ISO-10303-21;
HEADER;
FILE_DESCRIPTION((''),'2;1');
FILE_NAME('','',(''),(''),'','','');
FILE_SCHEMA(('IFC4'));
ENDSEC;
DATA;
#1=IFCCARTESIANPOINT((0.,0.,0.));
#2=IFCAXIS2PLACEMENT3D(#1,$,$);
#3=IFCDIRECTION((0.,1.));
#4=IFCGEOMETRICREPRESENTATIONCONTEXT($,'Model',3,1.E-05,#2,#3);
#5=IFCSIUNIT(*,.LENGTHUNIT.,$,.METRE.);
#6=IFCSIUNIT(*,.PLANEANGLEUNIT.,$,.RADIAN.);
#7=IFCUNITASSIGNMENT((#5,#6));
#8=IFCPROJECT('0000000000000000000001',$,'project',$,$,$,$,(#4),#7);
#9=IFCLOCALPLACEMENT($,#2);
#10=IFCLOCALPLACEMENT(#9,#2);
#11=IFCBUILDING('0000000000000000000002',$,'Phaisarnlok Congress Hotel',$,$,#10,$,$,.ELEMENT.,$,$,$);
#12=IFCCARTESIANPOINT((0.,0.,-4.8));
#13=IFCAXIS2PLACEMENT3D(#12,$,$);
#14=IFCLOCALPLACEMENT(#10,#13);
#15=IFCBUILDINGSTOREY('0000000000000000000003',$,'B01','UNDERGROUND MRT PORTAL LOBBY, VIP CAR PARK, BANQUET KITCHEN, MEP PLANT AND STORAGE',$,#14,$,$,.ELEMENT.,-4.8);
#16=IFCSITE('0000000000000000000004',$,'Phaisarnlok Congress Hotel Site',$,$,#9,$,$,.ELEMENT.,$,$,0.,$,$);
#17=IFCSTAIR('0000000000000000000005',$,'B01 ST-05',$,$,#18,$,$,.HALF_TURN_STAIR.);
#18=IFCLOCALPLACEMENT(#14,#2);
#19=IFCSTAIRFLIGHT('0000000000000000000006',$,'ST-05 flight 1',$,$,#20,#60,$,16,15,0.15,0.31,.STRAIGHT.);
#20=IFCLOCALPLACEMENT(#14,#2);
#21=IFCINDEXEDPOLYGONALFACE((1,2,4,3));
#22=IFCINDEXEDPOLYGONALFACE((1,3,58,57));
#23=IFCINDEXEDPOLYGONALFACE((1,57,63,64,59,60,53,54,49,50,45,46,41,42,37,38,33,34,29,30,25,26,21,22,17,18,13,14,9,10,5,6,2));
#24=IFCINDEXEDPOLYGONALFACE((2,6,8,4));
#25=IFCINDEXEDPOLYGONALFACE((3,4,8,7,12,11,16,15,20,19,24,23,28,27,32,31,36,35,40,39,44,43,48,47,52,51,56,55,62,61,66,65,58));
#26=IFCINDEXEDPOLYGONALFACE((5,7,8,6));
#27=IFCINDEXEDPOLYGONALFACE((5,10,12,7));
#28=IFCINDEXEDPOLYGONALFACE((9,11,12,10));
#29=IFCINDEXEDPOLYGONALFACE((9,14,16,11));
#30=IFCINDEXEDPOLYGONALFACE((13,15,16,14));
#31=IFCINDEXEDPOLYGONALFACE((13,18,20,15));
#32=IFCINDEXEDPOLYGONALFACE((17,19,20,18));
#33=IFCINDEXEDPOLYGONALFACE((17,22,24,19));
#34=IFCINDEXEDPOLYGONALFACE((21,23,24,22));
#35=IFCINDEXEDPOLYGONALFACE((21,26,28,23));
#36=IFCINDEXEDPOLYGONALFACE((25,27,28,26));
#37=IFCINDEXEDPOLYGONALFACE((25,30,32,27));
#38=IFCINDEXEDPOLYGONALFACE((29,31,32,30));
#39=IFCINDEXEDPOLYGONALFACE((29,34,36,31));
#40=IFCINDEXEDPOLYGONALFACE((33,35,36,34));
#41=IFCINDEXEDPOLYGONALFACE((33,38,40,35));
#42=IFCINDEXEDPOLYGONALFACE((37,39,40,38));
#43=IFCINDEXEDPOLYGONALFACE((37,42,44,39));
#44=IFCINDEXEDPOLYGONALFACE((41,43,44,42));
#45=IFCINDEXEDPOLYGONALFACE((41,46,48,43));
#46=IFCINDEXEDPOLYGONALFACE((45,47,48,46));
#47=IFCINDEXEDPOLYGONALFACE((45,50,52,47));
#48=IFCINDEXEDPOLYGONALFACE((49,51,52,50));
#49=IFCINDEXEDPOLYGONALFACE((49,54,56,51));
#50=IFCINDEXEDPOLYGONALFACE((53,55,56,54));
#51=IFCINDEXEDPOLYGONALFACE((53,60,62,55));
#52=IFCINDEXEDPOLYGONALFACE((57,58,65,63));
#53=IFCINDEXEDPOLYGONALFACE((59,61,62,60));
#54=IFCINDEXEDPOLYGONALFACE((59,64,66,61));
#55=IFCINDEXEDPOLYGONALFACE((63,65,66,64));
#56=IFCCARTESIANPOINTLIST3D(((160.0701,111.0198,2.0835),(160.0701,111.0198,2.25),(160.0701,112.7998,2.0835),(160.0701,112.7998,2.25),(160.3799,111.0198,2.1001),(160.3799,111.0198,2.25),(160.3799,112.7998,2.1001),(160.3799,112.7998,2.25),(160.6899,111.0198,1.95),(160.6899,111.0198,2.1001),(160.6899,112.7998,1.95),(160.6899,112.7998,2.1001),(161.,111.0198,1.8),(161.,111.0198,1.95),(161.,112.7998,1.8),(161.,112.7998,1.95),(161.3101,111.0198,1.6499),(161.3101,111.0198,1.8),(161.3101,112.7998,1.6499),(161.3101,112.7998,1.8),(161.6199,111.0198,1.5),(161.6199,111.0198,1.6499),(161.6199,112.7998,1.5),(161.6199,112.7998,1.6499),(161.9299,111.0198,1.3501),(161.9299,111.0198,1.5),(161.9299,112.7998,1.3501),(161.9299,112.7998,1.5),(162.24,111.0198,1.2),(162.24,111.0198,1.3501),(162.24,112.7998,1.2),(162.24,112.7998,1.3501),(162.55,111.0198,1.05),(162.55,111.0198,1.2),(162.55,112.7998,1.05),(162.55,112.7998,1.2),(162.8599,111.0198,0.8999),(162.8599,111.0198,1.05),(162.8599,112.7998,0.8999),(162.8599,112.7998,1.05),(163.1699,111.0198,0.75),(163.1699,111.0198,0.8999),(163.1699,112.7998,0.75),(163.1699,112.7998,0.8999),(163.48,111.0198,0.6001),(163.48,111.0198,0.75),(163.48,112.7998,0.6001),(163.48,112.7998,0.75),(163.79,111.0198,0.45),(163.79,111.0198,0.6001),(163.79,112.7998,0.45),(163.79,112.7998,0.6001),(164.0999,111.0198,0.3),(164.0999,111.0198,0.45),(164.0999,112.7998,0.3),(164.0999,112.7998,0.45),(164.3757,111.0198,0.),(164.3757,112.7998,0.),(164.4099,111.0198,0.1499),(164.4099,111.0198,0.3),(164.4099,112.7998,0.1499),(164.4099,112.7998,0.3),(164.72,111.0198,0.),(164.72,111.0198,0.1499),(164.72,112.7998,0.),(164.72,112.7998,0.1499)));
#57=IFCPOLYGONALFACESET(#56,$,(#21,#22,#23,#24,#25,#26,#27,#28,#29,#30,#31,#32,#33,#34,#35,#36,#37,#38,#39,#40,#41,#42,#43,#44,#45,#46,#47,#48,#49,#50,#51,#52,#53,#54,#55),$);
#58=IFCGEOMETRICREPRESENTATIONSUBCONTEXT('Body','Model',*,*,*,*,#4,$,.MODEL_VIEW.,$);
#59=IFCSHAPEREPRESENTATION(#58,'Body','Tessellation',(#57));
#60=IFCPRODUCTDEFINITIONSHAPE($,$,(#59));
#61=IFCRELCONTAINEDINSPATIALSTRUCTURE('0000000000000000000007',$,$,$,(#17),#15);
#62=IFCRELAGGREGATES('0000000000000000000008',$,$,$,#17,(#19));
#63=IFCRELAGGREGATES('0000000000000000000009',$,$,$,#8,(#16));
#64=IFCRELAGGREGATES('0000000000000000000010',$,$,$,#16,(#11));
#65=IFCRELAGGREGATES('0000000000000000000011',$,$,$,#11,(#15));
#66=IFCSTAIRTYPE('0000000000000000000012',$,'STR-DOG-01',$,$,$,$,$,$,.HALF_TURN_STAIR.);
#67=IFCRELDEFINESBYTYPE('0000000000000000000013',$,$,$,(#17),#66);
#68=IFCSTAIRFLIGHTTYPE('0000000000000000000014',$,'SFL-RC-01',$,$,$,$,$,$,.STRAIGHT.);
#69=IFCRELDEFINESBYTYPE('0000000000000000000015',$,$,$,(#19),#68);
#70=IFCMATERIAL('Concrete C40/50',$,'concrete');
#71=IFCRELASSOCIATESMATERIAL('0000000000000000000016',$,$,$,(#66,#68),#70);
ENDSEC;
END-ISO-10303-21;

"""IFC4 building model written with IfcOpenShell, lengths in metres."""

from ifc_helpers import new_model, si_unit, direction, frame, origin, place, context, subcontext, project, spatial, polyline, outline, extrude, material, type_object, element, aggregate, save


model = new_model("IFC4")

# Units and contexts
model_context = context("Model", 3, precision=1e-05, world=origin(), true_north=direction((0.0, 1.0)))
body_context = subcontext(model_context, "Body", "Model", "MODEL_VIEW")
ifc_project = project(units=[si_unit("LENGTHUNIT", "METRE"), si_unit("PLANEANGLEUNIT", "RADIAN")], contexts=[model_context])

# Site, building, storey
site_placement = place(None, origin())
site = spatial("IfcSite", under=ifc_project, at=site_placement, Name="Phaisarnlok Congress Hotel Site", CompositionType="ELEMENT", RefElevation=0.0)
building_placement = place(site_placement, origin())
building = spatial("IfcBuilding", under=site, at=building_placement, Name="Phaisarnlok Congress Hotel", CompositionType="ELEMENT")
storey_placement = place(building_placement, frame((0.0, 0.0, -4.8)))
storey = spatial("IfcBuildingStorey", under=building, at=storey_placement, Name="B01", Description="UNDERGROUND MRT PORTAL LOBBY, VIP CAR PARK, BANQUET KITCHEN, MEP PLANT AND STORAGE", CompositionType="ELEMENT", Elevation=-4.8)

# Shared definitions
ifc_material_1 = material(Name="Concrete C40/50", Category="concrete")

# Stair, stair flight
stair_type = type_object("IfcStairType", Name="STR-DOG-01", PredefinedType="HALF_TURN_STAIR", material=ifc_material_1)
stair_placement = place(storey_placement, origin())
stair = element("IfcStair", 1, at=stair_placement, inside=storey, type_object=stair_type, Name="B01 ST-05", PredefinedType="HALF_TURN_STAIR")
stair_flight_type = type_object("IfcStairFlightType", Name="SFL-RC-01", PredefinedType="STRAIGHT", material=ifc_material_1)
stair_flight_placement = place(storey_placement, frame((164.72, 111.9099, 0.0), z_axis=(0.0, 0.0, 1.0), x_axis=(-1.0, 0.0, 0.0)))
stair_flight = element("IfcStairFlight", 2, at=stair_flight_placement, type_object=stair_flight_type, Name="ST-05 flight 1", NumberOfRisers=16, NumberOfTreads=15, PredefinedType="STRAIGHT", RiserHeight=0.15, TreadLength=0.31, context=body_context, shape_type="SweptSolid", body=[
    extrude(outline(polyline([(0.0, 0.0), (0.0, 0.1499), (0.3101, 0.1499), (0.3101, 0.3), (0.6201, 0.3), (0.6201, 0.45), (0.9299, 0.45), (0.9299, 0.6001), (1.24, 0.6001), (1.24, 0.75), (1.55, 0.75), (1.55, 0.8999), (1.8601, 0.8999), (1.8601, 1.05), (2.1699, 1.05), (2.1699, 1.2), (2.48, 1.2), (2.48, 1.3501), (2.79, 1.3501), (2.79, 1.5), (3.1001, 1.5), (3.1001, 1.6499), (3.4099, 1.6499), (3.4099, 1.8), (3.72, 1.8), (3.72, 1.95), (4.03, 1.95), (4.03, 2.1001), (4.3401, 2.1001), (4.3401, 2.25), (4.6499, 2.25), (4.6499, 2.3999), (4.6499, 2.0835), (0.3442, 0.0), (0.0, 0.0)])), frame((0.0, 0.8901, 0.0), z_axis=(0.0, -1.0, 0.0), x_axis=(1.0, 0.0, 0.0)), (0.0, 0.0, 1.0), 1.78),
])
aggregate(stair, [stair_flight])

save(model, "model.ifc")
